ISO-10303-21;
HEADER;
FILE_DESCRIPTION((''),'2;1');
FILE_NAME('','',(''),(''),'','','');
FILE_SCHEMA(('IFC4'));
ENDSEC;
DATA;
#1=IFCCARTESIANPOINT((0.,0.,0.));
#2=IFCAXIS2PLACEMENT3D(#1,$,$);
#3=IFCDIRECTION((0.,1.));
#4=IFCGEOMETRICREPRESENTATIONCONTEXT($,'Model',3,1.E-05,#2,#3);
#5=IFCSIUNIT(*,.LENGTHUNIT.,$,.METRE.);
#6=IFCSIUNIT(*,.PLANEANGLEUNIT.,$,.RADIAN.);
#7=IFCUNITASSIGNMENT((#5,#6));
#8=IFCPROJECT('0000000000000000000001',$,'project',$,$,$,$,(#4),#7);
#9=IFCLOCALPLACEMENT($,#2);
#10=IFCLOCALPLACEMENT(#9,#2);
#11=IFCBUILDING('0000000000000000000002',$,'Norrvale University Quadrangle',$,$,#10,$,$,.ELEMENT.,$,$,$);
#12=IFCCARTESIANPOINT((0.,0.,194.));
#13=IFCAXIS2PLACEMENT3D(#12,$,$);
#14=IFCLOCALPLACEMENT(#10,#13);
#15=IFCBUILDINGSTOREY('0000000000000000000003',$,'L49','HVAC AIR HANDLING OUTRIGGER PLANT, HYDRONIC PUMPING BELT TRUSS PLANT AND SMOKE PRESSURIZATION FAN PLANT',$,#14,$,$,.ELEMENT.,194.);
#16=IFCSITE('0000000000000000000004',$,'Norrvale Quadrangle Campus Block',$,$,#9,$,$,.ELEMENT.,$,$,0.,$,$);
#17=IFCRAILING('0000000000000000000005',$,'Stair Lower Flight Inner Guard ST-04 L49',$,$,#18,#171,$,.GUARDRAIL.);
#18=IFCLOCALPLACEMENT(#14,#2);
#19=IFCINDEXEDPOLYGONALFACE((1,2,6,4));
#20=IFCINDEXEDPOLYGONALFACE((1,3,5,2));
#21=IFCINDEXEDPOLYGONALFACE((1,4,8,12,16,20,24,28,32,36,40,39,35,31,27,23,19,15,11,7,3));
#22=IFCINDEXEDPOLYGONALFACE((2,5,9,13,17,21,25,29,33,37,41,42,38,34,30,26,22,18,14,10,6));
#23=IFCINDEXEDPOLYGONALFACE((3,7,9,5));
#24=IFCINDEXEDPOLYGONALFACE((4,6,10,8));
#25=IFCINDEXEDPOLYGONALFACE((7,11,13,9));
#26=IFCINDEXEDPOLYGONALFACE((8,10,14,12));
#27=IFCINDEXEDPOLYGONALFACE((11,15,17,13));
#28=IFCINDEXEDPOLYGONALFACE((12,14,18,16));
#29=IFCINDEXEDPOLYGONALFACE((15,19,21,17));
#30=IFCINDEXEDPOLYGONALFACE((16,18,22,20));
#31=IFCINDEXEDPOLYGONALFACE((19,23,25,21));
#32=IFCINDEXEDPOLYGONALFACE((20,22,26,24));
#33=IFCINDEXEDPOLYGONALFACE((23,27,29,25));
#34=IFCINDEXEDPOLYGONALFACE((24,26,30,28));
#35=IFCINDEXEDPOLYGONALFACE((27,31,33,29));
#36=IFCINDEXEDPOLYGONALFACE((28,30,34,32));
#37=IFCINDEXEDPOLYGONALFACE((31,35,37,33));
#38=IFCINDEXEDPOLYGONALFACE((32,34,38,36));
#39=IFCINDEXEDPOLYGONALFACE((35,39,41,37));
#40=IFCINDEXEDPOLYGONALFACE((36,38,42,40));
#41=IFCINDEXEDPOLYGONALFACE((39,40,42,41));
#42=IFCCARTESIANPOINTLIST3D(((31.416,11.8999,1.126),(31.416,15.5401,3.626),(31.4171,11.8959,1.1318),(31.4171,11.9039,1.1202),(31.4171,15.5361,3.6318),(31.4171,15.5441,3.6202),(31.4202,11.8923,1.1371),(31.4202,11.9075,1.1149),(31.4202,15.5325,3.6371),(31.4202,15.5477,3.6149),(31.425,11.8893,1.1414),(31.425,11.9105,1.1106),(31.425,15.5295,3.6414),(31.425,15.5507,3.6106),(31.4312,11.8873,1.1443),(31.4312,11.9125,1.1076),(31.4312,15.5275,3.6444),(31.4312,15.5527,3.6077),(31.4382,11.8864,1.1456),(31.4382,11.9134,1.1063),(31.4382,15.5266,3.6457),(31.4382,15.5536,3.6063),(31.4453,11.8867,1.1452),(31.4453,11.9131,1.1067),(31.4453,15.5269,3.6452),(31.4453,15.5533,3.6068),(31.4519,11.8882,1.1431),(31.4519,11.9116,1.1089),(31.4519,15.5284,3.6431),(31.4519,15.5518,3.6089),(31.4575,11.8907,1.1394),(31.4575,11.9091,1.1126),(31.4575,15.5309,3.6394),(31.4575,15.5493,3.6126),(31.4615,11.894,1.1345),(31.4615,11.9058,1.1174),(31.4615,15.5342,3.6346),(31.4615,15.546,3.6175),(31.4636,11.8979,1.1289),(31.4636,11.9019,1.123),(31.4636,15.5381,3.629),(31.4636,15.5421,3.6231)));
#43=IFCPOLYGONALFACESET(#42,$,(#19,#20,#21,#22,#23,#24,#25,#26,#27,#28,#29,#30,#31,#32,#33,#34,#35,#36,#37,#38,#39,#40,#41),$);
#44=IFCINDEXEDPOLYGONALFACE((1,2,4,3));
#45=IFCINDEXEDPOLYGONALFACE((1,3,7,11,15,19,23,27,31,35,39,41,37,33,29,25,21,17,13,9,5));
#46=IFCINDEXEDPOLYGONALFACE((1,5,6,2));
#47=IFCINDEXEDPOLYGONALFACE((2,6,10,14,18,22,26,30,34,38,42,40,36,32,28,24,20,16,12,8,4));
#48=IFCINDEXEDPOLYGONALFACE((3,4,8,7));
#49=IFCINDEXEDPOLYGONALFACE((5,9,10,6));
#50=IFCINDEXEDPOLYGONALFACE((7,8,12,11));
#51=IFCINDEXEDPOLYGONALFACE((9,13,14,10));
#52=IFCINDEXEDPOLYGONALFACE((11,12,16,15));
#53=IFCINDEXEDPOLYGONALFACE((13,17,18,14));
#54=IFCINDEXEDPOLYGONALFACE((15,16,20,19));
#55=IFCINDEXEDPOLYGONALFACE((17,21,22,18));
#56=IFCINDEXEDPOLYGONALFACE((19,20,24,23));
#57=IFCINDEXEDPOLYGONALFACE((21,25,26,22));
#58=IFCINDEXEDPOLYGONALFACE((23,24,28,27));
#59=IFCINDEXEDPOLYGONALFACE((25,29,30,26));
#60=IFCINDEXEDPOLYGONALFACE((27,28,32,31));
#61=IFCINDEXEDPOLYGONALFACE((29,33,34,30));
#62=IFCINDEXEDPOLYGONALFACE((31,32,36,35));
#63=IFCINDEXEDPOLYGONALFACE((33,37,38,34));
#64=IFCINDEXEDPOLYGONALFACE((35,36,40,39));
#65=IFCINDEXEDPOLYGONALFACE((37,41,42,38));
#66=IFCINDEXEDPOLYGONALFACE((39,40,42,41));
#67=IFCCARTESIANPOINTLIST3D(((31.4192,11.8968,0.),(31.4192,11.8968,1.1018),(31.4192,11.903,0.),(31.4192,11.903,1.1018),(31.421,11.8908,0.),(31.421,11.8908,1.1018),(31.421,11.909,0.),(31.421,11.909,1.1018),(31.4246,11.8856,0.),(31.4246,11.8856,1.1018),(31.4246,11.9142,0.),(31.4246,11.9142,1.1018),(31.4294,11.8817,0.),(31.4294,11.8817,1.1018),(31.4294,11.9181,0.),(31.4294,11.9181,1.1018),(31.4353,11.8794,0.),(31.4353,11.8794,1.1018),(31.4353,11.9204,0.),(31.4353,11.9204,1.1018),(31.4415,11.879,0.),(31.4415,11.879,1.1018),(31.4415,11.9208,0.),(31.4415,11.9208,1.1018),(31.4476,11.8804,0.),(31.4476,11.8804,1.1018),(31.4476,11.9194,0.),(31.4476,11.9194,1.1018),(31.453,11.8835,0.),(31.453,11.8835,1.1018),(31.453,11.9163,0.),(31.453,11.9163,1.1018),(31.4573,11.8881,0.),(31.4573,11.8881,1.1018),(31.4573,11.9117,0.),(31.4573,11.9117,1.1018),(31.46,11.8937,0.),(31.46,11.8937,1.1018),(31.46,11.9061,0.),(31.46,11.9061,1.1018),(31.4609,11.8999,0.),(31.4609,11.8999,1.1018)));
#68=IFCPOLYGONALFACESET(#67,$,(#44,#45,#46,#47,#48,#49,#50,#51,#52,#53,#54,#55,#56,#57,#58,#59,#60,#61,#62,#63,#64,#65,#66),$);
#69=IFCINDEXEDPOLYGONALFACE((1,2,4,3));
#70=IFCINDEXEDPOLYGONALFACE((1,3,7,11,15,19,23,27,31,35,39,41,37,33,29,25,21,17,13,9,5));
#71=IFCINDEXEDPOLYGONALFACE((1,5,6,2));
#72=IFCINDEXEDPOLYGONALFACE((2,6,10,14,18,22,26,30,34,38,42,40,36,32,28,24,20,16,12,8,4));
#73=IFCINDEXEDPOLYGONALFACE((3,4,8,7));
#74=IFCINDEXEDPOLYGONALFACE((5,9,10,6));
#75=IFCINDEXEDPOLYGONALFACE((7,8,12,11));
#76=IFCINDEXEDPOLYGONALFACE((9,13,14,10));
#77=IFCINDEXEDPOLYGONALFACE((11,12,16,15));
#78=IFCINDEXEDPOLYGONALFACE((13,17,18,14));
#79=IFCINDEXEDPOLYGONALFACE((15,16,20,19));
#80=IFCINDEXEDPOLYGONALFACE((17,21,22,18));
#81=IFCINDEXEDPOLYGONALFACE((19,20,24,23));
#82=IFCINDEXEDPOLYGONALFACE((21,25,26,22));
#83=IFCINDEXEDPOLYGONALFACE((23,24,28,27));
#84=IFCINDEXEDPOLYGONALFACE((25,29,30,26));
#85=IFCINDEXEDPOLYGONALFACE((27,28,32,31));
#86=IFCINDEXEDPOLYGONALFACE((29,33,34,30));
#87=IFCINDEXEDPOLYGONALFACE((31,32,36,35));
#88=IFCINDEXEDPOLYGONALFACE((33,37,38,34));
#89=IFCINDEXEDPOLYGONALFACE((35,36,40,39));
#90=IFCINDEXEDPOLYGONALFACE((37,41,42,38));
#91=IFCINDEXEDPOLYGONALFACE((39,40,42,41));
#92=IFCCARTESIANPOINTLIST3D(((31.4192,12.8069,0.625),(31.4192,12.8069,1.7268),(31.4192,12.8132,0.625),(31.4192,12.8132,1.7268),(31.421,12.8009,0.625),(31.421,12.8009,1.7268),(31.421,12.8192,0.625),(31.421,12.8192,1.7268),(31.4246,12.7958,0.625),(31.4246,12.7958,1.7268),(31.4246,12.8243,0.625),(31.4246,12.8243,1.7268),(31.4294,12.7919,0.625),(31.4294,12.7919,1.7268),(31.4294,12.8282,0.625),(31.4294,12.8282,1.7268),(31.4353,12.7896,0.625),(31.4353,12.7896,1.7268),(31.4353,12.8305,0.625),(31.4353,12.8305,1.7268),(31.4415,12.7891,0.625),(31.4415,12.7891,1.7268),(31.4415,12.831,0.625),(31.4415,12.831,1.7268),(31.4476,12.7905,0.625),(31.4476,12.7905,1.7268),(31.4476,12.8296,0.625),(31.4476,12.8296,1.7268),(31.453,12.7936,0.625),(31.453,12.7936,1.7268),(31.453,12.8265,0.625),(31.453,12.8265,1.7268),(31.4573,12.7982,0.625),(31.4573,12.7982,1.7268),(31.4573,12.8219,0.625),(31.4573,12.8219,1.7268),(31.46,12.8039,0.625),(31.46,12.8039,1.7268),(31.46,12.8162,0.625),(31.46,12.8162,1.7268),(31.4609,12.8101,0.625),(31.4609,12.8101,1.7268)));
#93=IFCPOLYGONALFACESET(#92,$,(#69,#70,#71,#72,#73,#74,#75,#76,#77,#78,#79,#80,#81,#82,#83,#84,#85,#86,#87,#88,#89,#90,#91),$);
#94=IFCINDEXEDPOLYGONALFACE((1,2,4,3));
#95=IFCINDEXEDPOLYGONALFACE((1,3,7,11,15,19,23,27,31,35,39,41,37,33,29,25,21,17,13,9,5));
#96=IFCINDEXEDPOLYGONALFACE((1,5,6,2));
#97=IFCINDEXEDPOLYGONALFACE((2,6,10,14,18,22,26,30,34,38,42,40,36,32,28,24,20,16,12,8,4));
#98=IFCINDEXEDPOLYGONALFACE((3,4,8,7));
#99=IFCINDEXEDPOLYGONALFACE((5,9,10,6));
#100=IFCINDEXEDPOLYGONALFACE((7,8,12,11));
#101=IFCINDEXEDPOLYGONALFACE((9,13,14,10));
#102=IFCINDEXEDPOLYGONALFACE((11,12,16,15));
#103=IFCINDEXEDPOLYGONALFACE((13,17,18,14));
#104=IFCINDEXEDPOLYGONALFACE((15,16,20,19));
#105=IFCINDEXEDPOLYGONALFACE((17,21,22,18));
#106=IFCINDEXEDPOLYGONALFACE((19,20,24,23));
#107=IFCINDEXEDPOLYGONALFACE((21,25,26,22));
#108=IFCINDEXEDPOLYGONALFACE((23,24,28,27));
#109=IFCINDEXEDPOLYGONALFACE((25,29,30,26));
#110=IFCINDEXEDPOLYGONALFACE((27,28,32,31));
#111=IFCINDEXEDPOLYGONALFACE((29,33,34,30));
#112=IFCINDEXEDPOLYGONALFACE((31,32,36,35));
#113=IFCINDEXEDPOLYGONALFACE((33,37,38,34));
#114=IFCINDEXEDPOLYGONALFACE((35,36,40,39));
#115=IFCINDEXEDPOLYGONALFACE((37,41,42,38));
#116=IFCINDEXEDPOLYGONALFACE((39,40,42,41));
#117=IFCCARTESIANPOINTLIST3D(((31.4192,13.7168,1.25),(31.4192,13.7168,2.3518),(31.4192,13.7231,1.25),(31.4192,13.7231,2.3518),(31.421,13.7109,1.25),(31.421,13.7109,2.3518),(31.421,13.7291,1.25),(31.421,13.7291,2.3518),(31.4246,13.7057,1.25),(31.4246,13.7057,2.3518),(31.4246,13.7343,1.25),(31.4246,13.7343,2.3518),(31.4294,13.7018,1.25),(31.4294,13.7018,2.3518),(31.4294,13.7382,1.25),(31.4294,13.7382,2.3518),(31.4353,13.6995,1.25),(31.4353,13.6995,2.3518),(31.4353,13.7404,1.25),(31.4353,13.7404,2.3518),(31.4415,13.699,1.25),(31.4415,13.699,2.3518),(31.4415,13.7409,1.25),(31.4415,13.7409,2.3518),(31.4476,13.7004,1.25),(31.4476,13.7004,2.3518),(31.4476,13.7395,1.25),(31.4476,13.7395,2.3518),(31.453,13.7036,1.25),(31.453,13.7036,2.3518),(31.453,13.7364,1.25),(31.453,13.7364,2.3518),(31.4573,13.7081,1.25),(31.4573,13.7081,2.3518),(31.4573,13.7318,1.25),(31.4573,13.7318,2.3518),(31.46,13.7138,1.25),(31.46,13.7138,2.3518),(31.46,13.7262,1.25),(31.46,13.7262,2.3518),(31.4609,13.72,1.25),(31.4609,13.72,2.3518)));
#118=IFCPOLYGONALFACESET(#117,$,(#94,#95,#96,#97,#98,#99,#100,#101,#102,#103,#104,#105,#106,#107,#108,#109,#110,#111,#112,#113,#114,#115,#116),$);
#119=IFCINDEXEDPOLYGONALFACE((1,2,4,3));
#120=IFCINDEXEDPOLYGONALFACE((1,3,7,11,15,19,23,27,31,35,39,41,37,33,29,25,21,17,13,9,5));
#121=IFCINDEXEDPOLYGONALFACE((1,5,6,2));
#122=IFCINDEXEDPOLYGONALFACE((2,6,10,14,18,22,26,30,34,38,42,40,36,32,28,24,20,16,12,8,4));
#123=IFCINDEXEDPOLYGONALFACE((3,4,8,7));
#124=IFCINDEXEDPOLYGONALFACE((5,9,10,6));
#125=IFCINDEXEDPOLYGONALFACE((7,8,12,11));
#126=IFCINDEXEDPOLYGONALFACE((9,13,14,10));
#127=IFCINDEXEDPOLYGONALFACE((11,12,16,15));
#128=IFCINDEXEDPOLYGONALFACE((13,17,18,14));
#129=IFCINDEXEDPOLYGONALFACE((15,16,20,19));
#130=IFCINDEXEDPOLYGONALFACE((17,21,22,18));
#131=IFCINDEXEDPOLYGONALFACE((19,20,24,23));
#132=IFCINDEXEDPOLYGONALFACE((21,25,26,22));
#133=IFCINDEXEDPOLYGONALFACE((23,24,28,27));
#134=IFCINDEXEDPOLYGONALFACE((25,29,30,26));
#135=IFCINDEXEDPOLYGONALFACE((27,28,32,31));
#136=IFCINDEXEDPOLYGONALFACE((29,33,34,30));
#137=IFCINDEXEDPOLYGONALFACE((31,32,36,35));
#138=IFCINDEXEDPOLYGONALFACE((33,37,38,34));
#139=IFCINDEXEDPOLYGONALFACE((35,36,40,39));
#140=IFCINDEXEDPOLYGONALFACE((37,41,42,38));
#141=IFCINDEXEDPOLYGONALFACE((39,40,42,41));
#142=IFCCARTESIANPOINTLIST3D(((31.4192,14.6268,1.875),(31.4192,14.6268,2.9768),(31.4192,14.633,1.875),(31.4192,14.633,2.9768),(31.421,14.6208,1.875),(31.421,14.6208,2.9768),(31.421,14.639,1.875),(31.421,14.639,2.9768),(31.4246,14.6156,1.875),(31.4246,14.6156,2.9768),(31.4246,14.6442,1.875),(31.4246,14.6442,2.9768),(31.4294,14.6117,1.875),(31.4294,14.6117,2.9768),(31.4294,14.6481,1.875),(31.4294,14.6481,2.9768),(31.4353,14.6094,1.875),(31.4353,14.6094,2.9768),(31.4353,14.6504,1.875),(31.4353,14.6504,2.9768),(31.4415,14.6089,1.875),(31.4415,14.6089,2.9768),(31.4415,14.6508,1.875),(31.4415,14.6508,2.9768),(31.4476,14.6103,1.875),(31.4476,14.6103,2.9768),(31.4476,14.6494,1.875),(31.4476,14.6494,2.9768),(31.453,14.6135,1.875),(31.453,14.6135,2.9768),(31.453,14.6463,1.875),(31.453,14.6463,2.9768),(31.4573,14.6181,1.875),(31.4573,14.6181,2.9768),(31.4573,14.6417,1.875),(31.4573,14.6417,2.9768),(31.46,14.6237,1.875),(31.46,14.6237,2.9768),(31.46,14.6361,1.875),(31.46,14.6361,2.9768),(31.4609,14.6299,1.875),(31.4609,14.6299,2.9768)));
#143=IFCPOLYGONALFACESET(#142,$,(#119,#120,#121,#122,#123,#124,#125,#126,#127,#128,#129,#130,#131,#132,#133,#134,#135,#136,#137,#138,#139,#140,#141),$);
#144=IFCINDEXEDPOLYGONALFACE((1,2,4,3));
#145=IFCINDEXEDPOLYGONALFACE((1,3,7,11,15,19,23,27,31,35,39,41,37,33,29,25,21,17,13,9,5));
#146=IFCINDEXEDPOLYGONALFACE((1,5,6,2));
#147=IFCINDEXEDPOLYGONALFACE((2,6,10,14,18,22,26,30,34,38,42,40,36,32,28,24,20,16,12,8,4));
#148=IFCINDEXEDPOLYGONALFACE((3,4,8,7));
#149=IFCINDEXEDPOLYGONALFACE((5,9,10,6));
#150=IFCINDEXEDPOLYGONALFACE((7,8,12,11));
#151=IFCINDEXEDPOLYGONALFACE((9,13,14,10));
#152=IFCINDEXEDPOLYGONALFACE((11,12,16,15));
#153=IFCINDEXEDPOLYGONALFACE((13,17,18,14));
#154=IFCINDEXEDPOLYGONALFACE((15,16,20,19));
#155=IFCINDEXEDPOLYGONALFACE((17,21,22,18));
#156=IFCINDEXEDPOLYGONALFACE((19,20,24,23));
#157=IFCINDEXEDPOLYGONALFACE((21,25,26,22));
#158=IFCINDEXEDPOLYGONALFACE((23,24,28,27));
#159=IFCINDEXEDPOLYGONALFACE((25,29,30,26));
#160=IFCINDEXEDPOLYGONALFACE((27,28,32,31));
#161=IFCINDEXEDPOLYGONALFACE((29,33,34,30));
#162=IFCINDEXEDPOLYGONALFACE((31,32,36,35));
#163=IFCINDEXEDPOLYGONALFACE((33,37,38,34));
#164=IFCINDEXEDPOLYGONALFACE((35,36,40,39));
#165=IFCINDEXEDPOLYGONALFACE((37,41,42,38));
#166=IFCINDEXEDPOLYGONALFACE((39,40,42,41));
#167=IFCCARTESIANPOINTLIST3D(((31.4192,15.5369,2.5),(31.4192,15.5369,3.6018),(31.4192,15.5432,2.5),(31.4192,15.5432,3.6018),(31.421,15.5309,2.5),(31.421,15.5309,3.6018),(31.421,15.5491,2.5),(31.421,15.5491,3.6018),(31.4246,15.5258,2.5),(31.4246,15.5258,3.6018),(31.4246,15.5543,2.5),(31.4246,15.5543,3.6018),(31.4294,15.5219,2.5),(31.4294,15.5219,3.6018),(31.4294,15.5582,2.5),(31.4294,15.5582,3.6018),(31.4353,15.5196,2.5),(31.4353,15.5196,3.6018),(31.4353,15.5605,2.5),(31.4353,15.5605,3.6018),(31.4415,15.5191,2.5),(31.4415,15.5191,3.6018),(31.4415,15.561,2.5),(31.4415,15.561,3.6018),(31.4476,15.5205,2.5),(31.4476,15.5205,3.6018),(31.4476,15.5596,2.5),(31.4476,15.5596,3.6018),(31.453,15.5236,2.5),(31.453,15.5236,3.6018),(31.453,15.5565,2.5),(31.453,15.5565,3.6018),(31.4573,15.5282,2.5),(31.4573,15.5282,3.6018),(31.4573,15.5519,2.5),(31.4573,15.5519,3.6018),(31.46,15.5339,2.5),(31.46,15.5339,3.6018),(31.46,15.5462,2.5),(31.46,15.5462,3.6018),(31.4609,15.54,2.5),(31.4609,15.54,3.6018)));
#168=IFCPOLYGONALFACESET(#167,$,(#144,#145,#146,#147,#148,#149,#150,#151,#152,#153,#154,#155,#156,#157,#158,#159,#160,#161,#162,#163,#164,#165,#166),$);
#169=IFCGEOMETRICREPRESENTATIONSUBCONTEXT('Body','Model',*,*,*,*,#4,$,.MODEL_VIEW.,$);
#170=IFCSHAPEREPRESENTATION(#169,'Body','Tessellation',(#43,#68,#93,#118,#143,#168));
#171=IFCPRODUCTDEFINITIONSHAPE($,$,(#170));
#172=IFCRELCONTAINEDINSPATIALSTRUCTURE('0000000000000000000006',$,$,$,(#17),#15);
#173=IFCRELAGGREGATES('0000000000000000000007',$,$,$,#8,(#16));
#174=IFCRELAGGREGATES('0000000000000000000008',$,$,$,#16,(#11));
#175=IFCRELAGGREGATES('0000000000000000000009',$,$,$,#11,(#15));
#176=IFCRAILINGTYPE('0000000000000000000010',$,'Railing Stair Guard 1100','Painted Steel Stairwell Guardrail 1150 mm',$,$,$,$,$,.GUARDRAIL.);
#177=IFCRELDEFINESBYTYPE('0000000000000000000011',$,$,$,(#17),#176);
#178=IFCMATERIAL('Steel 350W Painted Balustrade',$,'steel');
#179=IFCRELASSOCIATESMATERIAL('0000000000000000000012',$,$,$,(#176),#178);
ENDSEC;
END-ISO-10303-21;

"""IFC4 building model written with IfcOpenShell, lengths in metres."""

from ifc_helpers import new_model, si_unit, direction, frame, origin, origin_2d, place, context, subcontext, project, spatial, circle, extrude, material, type_object, element, save


model = new_model("IFC4")

# Units and contexts
model_context = context("Model", 3, precision=1e-05, world=origin(), true_north=direction((0.0, 1.0)))
body_context = subcontext(model_context, "Body", "Model", "MODEL_VIEW")
ifc_project = project(units=[si_unit("LENGTHUNIT", "METRE"), si_unit("PLANEANGLEUNIT", "RADIAN")], contexts=[model_context])

# Site, building, storey
site_placement = place(None, origin())
site = spatial("IfcSite", under=ifc_project, at=site_placement, Name="Norrvale Quadrangle Campus Block", CompositionType="ELEMENT", RefElevation=0.0)
building_placement = place(site_placement, origin())
building = spatial("IfcBuilding", under=site, at=building_placement, Name="Norrvale University Quadrangle", CompositionType="ELEMENT")
storey_placement = place(building_placement, frame((0.0, 0.0, 194.0)))
storey = spatial("IfcBuildingStorey", under=building, at=storey_placement, Name="L49", Description="HVAC AIR HANDLING OUTRIGGER PLANT, HYDRONIC PUMPING BELT TRUSS PLANT AND SMOKE PRESSURIZATION FAN PLANT", CompositionType="ELEMENT", Elevation=194.0)

# Railing
ifc_material_1 = material(Name="Steel 350W Painted Balustrade", Category="steel")
railing_type_1 = type_object("IfcRailingType", Name="Railing Stair Guard 1100", Description="Painted Steel Stairwell Guardrail 1150 mm", PredefinedType="GUARDRAIL", material=ifc_material_1)
railing_1_placement = place(storey_placement, frame((31.4399, 11.8999, 0.0)))
element("IfcRailing", 1, at=railing_1_placement, inside=storey, type_object=railing_type_1, Name="Stair Lower Flight Inner Guard ST-04 L49", PredefinedType="GUARDRAIL", context=body_context, shape_type="SweptSolid", body=[
    extrude(circle(Radius=0.0239, at=origin_2d()), frame((0.0, 0.0, 1.126), z_axis=(0.0, 0.824316, 0.56613), x_axis=(-1.0, 0.0, 0.0)), (0.0, 0.0, 1.0), 4.416),
    extrude(circle(Radius=0.021, at=origin_2d()), origin(), (0.0, 0.0, 1.0), 1.1018),
    extrude(circle(Radius=0.021, at=origin_2d()), frame((0.0, 0.9102, 0.625)), (0.0, 0.0, 1.0), 1.1018),
    extrude(circle(Radius=0.021, at=origin_2d()), frame((0.0, 1.8201, 1.25)), (0.0, 0.0, 1.0), 1.1018),
    extrude(circle(Radius=0.021, at=origin_2d()), frame((0.0, 2.73, 1.875)), (0.0, 0.0, 1.0), 1.1018),
    extrude(circle(Radius=0.021, at=origin_2d()), frame((0.0, 3.6401, 2.5)), (0.0, 0.0, 1.0), 1.1018),
])

save(model, "model.ifc")
